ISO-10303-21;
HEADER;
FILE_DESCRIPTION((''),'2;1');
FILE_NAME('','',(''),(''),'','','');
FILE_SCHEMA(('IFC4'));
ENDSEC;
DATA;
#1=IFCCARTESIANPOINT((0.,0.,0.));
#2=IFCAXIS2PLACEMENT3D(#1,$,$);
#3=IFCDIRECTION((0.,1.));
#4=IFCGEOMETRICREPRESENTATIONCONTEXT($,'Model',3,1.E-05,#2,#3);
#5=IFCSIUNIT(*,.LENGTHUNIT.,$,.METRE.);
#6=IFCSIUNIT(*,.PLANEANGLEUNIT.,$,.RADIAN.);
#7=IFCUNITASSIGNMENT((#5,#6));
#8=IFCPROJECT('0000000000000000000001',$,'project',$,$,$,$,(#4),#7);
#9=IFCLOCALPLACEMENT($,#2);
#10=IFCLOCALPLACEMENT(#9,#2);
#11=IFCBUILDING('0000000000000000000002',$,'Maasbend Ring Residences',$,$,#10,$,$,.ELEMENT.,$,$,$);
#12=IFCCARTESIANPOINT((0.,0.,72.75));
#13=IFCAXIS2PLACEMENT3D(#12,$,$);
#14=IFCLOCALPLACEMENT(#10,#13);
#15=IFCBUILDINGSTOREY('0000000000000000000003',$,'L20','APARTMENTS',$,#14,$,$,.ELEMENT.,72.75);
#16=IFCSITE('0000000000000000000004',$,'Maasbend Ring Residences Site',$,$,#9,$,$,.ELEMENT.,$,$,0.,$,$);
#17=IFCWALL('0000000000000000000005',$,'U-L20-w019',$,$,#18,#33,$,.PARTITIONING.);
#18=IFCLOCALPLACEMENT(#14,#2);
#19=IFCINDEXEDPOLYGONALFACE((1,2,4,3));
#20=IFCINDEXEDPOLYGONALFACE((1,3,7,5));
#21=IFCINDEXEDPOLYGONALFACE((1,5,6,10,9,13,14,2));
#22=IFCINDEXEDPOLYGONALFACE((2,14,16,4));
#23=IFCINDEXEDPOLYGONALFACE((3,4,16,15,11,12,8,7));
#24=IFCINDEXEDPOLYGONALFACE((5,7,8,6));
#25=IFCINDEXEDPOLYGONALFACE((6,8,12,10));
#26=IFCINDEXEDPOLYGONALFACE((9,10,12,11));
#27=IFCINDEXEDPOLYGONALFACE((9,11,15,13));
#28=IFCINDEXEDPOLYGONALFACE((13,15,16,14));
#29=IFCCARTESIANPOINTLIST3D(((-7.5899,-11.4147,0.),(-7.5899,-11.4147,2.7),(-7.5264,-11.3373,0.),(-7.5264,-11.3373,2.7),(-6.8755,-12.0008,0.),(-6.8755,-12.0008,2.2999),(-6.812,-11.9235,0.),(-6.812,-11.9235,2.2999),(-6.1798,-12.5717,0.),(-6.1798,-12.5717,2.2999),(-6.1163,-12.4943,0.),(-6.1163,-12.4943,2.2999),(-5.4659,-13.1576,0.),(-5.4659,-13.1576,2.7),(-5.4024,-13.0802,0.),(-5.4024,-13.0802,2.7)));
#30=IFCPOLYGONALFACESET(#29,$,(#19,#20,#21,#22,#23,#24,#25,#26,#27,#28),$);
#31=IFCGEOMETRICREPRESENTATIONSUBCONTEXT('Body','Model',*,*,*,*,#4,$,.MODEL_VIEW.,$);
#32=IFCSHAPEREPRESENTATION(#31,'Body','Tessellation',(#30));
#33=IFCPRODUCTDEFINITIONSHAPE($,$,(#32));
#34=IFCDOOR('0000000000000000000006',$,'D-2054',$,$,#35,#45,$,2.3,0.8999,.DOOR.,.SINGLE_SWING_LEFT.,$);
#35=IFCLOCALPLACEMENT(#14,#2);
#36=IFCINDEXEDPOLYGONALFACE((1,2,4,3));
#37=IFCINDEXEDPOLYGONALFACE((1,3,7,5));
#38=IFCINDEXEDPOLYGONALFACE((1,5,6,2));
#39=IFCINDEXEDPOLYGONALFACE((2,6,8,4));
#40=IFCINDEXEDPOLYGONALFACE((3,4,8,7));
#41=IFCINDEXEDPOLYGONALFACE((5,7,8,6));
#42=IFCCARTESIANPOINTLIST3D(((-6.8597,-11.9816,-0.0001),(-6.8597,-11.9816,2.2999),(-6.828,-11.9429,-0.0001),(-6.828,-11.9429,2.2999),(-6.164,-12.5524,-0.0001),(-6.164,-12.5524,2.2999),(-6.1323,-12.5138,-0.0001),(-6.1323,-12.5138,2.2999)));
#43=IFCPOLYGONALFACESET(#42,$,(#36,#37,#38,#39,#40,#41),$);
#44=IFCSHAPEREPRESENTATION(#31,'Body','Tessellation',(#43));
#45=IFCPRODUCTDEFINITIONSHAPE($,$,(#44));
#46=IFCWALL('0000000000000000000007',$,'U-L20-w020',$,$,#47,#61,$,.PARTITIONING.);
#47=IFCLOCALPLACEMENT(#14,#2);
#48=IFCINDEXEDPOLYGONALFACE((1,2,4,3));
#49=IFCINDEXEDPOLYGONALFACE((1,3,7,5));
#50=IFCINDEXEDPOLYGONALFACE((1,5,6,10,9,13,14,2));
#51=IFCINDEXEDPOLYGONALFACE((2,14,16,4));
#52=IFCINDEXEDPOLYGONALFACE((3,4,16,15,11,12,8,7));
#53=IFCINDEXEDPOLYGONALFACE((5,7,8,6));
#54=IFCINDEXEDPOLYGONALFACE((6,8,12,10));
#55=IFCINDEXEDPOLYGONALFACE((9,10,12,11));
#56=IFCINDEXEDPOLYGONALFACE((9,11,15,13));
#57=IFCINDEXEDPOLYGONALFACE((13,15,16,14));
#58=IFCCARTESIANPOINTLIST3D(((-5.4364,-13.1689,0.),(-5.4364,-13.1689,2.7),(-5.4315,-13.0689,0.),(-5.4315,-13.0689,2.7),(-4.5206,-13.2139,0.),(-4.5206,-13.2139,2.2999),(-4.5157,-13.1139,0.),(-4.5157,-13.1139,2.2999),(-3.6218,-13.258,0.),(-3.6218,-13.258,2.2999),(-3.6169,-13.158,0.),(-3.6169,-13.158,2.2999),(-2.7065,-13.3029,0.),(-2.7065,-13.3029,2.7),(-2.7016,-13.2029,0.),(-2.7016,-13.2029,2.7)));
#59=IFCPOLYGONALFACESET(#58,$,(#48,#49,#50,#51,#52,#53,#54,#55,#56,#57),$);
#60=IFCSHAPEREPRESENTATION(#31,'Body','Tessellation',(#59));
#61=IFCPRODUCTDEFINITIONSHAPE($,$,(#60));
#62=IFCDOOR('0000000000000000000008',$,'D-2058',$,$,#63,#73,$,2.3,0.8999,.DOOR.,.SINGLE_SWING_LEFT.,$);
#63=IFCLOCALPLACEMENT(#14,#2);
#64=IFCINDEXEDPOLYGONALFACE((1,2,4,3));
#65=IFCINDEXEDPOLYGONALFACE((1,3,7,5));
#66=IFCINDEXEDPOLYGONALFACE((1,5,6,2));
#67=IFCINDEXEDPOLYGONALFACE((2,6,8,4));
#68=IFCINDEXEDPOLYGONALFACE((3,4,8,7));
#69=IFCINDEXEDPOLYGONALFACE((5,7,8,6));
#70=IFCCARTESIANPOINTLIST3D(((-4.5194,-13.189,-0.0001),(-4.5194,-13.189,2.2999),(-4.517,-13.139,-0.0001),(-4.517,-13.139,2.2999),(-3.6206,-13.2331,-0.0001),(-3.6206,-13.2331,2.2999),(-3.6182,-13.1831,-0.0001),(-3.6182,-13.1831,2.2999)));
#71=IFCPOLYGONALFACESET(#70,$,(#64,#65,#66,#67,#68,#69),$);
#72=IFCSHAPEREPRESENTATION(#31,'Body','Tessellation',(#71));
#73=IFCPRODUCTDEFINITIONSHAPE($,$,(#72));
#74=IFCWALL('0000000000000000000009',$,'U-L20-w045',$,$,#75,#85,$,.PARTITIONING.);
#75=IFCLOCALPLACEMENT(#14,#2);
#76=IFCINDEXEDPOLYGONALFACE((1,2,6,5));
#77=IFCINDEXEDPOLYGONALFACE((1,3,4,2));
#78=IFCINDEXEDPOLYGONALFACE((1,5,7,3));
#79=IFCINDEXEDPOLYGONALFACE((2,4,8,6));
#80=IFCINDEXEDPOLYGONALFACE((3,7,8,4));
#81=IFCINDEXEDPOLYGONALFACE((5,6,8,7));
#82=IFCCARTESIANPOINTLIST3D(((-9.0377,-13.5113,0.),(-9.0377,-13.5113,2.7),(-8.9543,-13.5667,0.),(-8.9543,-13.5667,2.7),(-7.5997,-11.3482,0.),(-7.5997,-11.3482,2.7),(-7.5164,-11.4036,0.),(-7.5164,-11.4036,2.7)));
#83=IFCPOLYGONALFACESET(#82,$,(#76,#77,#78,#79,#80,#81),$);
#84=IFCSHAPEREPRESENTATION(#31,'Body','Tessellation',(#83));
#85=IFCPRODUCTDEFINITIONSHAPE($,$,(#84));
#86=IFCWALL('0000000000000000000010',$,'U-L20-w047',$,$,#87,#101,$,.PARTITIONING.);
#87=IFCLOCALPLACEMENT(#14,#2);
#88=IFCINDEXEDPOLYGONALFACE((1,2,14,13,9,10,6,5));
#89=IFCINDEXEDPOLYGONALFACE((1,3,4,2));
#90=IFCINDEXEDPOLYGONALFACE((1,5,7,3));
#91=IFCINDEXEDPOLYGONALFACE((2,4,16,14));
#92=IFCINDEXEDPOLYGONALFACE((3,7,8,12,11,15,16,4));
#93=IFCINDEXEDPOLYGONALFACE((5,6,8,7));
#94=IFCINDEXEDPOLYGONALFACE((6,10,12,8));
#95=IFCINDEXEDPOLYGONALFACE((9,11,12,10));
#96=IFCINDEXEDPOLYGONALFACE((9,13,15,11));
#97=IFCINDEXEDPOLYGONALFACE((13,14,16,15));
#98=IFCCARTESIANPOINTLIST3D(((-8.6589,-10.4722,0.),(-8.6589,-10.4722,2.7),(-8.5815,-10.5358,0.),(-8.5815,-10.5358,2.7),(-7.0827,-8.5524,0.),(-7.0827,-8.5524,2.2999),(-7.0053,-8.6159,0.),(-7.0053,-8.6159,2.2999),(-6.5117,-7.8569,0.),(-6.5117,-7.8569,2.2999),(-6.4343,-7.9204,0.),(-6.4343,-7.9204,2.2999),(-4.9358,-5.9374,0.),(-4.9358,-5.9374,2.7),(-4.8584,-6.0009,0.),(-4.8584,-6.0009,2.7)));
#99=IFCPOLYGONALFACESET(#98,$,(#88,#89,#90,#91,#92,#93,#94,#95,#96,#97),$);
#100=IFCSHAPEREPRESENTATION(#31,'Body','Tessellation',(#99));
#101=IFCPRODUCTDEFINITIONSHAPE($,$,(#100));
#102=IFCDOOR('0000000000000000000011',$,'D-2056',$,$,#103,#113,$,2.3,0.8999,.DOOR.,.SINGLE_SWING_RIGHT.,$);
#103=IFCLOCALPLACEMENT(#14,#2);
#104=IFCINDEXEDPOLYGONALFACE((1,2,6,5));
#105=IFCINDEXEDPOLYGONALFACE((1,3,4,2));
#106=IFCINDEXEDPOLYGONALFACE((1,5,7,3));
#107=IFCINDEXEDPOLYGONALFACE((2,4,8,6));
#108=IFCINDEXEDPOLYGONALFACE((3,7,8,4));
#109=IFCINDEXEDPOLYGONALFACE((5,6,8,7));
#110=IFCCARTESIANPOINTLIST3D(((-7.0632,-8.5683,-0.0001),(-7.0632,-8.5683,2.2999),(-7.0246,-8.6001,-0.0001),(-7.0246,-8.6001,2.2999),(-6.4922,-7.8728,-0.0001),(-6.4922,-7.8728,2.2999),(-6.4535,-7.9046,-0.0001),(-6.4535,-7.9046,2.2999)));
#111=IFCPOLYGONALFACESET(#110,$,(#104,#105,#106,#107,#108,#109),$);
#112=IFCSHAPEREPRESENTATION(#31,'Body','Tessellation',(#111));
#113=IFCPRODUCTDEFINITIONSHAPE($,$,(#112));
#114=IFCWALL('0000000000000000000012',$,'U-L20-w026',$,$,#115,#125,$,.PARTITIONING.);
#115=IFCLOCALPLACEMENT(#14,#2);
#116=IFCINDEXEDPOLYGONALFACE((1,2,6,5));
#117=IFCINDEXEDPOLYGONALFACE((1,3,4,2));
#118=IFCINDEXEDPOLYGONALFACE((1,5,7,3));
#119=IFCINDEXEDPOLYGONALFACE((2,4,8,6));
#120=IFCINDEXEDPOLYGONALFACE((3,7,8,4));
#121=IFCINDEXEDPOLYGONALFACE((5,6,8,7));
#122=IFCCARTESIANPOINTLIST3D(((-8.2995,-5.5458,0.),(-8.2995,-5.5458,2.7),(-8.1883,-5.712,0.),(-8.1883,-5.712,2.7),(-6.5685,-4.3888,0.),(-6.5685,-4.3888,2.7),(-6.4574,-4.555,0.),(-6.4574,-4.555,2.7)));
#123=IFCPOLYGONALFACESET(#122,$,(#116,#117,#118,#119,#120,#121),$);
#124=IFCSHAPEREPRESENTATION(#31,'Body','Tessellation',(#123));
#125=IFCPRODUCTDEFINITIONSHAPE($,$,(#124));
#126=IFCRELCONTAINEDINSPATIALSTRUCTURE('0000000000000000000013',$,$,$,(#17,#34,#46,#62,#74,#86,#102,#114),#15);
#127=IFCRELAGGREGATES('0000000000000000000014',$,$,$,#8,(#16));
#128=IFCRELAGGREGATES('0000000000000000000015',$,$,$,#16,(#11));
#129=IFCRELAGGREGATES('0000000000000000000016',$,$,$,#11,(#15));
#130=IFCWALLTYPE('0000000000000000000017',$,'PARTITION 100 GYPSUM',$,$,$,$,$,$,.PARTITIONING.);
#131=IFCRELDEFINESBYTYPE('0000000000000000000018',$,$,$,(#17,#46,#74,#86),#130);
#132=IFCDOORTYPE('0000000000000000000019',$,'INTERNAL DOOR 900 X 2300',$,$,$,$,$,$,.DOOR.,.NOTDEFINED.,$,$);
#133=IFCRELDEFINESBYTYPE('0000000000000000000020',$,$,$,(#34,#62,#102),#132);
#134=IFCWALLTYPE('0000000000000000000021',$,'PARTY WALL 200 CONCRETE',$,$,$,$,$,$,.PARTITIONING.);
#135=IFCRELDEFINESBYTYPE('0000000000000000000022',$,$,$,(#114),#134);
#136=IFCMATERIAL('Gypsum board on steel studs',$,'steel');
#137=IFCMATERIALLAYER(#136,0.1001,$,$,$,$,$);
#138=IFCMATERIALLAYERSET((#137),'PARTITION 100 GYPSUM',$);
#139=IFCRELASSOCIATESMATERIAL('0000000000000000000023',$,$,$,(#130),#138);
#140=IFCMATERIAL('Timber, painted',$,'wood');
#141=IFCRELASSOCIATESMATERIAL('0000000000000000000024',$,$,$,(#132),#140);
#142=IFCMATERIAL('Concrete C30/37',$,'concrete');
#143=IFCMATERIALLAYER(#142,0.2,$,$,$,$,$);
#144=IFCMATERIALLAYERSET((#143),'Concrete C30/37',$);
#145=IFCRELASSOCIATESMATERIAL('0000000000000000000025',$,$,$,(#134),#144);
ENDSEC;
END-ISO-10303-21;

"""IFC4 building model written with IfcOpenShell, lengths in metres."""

from ifc_helpers import new_model, si_unit, direction, frame, frame_2d, origin, place, context, subcontext, project, spatial, rectangle, extrude, material, layer, layer_set, type_object, element, fill, save


model = new_model("IFC4")

# Units and contexts
model_context = context("Model", 3, precision=1e-05, world=origin(), true_north=direction((0.0, 1.0)))
body_context = subcontext(model_context, "Body", "Model", "MODEL_VIEW")
ifc_project = project(units=[si_unit("LENGTHUNIT", "METRE"), si_unit("PLANEANGLEUNIT", "RADIAN")], contexts=[model_context])

# Site, building, storey
site_placement = place(None, origin())
site = spatial("IfcSite", under=ifc_project, at=site_placement, Name="Maasbend Ring Residences Site", CompositionType="ELEMENT", RefElevation=0.0)
building_placement = place(site_placement, origin())
building = spatial("IfcBuilding", under=site, at=building_placement, Name="Maasbend Ring Residences", CompositionType="ELEMENT")
storey_placement = place(building_placement, frame((0.0, 0.0, 72.75)))
storey = spatial("IfcBuildingStorey", under=building, at=storey_placement, Name="L20", Description="APARTMENTS", CompositionType="ELEMENT", Elevation=72.75)

# Walls, openings, doors
ifc_material_1 = material(Name="Gypsum board on steel studs", Category="steel")
ifc_layer_1 = layer(ifc_material_1, 0.1001)
ifc_layer_set_1 = layer_set([ifc_layer_1], Name="PARTITION 100 GYPSUM")
wall_type_1 = type_object("IfcWallType", Name="PARTITION 100 GYPSUM", PredefinedType="PARTITIONING", material=ifc_layer_set_1)
wall_1_placement = place(storey_placement, frame((-7.5581, -11.376, 0.0), z_axis=(0.0, 0.0, 1.0), x_axis=(0.77305, -0.634345, 0.0)))
wall_1 = element("IfcWall", 1, at=wall_1_placement, inside=storey, type_object=wall_type_1, Name="U-L20-w019", PredefinedType="PARTITIONING", context=body_context, shape_type="SweptSolid", body=[
    extrude(rectangle(XDim=2.7476, YDim=0.1001, at=frame_2d((1.3738, 0.0))), origin(), (0.0, 0.0, 1.0), 2.7),
])
opening_1_placement = place(wall_1_placement, frame((0.9241, 0.0, 0.0)))
opening_1 = element("IfcOpeningElement", 2, at=opening_1_placement, cuts=wall_1, PredefinedType="OPENING", context=body_context, shape_type="SweptSolid", body=[
    extrude(rectangle(XDim=0.8999, YDim=2.3, at=frame_2d((0.45, 1.1499))), frame((0.0, 0.0601, 0.0), z_axis=(0.0, -1.0, 0.0), x_axis=(1.0, 0.0, 0.0)), (0.0, 0.0, 1.0), 0.1201),
])
ifc_material_2 = material(Name="Timber, painted", Category="wood")
door_type = type_object("IfcDoorType", Name="INTERNAL DOOR 900 X 2300", OperationType="NOTDEFINED", PredefinedType="DOOR", material=ifc_material_2)
door_1_placement = place(opening_1_placement, origin())
door_1 = element("IfcDoor", 3, at=door_1_placement, inside=storey, type_object=door_type, Name="D-2054", OperationType="SINGLE_SWING_LEFT", OverallHeight=2.3, OverallWidth=0.8999, PredefinedType="DOOR", context=body_context, shape_type="SweptSolid", body=[
    extrude(rectangle(XDim=0.8999, YDim=2.3, at=frame_2d((0.45, 1.1499))), frame((0.0, 0.0249, 0.0), z_axis=(0.0, -1.0, 0.0), x_axis=(1.0, 0.0, 0.0)), (0.0, 0.0, 1.0), 0.05),
])
fill(opening_1, door_1)
wall_2_placement = place(storey_placement, frame((-5.4341, -13.1189, 0.0), z_axis=(0.0, 0.0, 1.0), x_axis=(0.998797, -0.049038, 0.0)))
wall_2 = element("IfcWall", 4, at=wall_2_placement, inside=storey, type_object=wall_type_1, Name="U-L20-w020", PredefinedType="PARTITIONING", context=body_context, shape_type="SweptSolid", body=[
    extrude(rectangle(XDim=2.7332, YDim=0.1001, at=frame_2d((1.3667, 0.0))), origin(), (0.0, 0.0, 1.0), 2.7),
])
opening_2_placement = place(wall_2_placement, frame((0.917, 0.0, 0.0)))
opening_2 = element("IfcOpeningElement", 5, at=opening_2_placement, cuts=wall_2, PredefinedType="OPENING", context=body_context, shape_type="SweptSolid", body=[
    extrude(rectangle(XDim=0.8999, YDim=2.3, at=frame_2d((0.45, 1.1499))), frame((0.0, 0.0601, 0.0), z_axis=(0.0, -1.0, 0.0), x_axis=(1.0, 0.0, 0.0)), (0.0, 0.0, 1.0), 0.1201),
])
door_2_placement = place(opening_2_placement, origin())
door_2 = element("IfcDoor", 6, at=door_2_placement, inside=storey, type_object=door_type, Name="D-2058", OperationType="SINGLE_SWING_LEFT", OverallHeight=2.3, OverallWidth=0.8999, PredefinedType="DOOR", context=body_context, shape_type="SweptSolid", body=[
    extrude(rectangle(XDim=0.8999, YDim=2.3, at=frame_2d((0.45, 1.1499))), frame((0.0, 0.0249, 0.0), z_axis=(0.0, -1.0, 0.0), x_axis=(1.0, 0.0, 0.0)), (0.0, 0.0, 1.0), 0.05),
])
fill(opening_2, door_2)

# Wall
wall_3_placement = place(storey_placement, frame((-8.9961, -13.5391, 0.0), z_axis=(0.0, 0.0, 1.0), x_axis=(0.553615, 0.832773, 0.0)))
element("IfcWall", 7, at=wall_3_placement, inside=storey, type_object=wall_type_1, Name="U-L20-w045", PredefinedType="PARTITIONING", context=body_context, shape_type="SweptSolid", body=[
    extrude(rectangle(XDim=2.5974, YDim=0.1001, at=frame_2d((1.2988, 0.0))), origin(), (0.0, 0.0, 1.0), 2.7),
])

# Wall, opening, door
wall_4_placement = place(storey_placement, frame((-8.6201, -10.5039, 0.0), z_axis=(0.0, 0.0, 1.0), x_axis=(0.63454, 0.77289, 0.0)))
wall_4 = element("IfcWall", 8, at=wall_4_placement, inside=storey, type_object=wall_type_1, Name="U-L20-w047", PredefinedType="PARTITIONING", context=body_context, shape_type="SweptSolid", body=[
    extrude(rectangle(XDim=5.8674, YDim=0.1001, at=frame_2d((2.9336, 0.0))), origin(), (0.0, 0.0, 1.0), 2.7),
])
opening_3_placement = place(wall_4_placement, frame((2.4839, 0.0, 0.0)))
opening_3 = element("IfcOpeningElement", 9, at=opening_3_placement, cuts=wall_4, PredefinedType="OPENING", context=body_context, shape_type="SweptSolid", body=[
    extrude(rectangle(XDim=0.8999, YDim=2.3, at=frame_2d((0.45, 1.1499))), frame((0.0, 0.0601, 0.0), z_axis=(0.0, -1.0, 0.0), x_axis=(1.0, 0.0, 0.0)), (0.0, 0.0, 1.0), 0.1201),
])
door_3_placement = place(opening_3_placement, origin())
door_3 = element("IfcDoor", 10, at=door_3_placement, inside=storey, type_object=door_type, Name="D-2056", OperationType="SINGLE_SWING_RIGHT", OverallHeight=2.3, OverallWidth=0.8999, PredefinedType="DOOR", context=body_context, shape_type="SweptSolid", body=[
    extrude(rectangle(XDim=0.8999, YDim=2.3, at=frame_2d((0.45, 1.1499))), frame((0.0, 0.0249, 0.0), z_axis=(0.0, -1.0, 0.0), x_axis=(1.0, 0.0, 0.0)), (0.0, 0.0, 1.0), 0.05),
])
fill(opening_3, door_3)

# Wall
ifc_material_3 = material(Name="Concrete C30/37", Category="concrete")
ifc_layer_2 = layer(ifc_material_3, 0.2)
ifc_layer_set_2 = layer_set([ifc_layer_2], Name="Concrete C30/37")
wall_type_2 = type_object("IfcWallType", Name="PARTY WALL 200 CONCRETE", PredefinedType="PARTITIONING", material=ifc_layer_set_2)
wall_5_placement = place(storey_placement, frame((-6.5129, -4.4719, 0.0), z_axis=(0.0, 0.0, 1.0), x_axis=(-0.831382, -0.555701, 0.0)))
element("IfcWall", 11, at=wall_5_placement, inside=storey, type_object=wall_type_2, Name="U-L20-w026", PredefinedType="PARTITIONING", context=body_context, shape_type="SweptSolid", body=[
    extrude(rectangle(XDim=2.082, YDim=0.2, at=frame_2d((1.041, 0.0))), origin(), (0.0, 0.0, 1.0), 2.7),
])

save(model, "model.ifc")
